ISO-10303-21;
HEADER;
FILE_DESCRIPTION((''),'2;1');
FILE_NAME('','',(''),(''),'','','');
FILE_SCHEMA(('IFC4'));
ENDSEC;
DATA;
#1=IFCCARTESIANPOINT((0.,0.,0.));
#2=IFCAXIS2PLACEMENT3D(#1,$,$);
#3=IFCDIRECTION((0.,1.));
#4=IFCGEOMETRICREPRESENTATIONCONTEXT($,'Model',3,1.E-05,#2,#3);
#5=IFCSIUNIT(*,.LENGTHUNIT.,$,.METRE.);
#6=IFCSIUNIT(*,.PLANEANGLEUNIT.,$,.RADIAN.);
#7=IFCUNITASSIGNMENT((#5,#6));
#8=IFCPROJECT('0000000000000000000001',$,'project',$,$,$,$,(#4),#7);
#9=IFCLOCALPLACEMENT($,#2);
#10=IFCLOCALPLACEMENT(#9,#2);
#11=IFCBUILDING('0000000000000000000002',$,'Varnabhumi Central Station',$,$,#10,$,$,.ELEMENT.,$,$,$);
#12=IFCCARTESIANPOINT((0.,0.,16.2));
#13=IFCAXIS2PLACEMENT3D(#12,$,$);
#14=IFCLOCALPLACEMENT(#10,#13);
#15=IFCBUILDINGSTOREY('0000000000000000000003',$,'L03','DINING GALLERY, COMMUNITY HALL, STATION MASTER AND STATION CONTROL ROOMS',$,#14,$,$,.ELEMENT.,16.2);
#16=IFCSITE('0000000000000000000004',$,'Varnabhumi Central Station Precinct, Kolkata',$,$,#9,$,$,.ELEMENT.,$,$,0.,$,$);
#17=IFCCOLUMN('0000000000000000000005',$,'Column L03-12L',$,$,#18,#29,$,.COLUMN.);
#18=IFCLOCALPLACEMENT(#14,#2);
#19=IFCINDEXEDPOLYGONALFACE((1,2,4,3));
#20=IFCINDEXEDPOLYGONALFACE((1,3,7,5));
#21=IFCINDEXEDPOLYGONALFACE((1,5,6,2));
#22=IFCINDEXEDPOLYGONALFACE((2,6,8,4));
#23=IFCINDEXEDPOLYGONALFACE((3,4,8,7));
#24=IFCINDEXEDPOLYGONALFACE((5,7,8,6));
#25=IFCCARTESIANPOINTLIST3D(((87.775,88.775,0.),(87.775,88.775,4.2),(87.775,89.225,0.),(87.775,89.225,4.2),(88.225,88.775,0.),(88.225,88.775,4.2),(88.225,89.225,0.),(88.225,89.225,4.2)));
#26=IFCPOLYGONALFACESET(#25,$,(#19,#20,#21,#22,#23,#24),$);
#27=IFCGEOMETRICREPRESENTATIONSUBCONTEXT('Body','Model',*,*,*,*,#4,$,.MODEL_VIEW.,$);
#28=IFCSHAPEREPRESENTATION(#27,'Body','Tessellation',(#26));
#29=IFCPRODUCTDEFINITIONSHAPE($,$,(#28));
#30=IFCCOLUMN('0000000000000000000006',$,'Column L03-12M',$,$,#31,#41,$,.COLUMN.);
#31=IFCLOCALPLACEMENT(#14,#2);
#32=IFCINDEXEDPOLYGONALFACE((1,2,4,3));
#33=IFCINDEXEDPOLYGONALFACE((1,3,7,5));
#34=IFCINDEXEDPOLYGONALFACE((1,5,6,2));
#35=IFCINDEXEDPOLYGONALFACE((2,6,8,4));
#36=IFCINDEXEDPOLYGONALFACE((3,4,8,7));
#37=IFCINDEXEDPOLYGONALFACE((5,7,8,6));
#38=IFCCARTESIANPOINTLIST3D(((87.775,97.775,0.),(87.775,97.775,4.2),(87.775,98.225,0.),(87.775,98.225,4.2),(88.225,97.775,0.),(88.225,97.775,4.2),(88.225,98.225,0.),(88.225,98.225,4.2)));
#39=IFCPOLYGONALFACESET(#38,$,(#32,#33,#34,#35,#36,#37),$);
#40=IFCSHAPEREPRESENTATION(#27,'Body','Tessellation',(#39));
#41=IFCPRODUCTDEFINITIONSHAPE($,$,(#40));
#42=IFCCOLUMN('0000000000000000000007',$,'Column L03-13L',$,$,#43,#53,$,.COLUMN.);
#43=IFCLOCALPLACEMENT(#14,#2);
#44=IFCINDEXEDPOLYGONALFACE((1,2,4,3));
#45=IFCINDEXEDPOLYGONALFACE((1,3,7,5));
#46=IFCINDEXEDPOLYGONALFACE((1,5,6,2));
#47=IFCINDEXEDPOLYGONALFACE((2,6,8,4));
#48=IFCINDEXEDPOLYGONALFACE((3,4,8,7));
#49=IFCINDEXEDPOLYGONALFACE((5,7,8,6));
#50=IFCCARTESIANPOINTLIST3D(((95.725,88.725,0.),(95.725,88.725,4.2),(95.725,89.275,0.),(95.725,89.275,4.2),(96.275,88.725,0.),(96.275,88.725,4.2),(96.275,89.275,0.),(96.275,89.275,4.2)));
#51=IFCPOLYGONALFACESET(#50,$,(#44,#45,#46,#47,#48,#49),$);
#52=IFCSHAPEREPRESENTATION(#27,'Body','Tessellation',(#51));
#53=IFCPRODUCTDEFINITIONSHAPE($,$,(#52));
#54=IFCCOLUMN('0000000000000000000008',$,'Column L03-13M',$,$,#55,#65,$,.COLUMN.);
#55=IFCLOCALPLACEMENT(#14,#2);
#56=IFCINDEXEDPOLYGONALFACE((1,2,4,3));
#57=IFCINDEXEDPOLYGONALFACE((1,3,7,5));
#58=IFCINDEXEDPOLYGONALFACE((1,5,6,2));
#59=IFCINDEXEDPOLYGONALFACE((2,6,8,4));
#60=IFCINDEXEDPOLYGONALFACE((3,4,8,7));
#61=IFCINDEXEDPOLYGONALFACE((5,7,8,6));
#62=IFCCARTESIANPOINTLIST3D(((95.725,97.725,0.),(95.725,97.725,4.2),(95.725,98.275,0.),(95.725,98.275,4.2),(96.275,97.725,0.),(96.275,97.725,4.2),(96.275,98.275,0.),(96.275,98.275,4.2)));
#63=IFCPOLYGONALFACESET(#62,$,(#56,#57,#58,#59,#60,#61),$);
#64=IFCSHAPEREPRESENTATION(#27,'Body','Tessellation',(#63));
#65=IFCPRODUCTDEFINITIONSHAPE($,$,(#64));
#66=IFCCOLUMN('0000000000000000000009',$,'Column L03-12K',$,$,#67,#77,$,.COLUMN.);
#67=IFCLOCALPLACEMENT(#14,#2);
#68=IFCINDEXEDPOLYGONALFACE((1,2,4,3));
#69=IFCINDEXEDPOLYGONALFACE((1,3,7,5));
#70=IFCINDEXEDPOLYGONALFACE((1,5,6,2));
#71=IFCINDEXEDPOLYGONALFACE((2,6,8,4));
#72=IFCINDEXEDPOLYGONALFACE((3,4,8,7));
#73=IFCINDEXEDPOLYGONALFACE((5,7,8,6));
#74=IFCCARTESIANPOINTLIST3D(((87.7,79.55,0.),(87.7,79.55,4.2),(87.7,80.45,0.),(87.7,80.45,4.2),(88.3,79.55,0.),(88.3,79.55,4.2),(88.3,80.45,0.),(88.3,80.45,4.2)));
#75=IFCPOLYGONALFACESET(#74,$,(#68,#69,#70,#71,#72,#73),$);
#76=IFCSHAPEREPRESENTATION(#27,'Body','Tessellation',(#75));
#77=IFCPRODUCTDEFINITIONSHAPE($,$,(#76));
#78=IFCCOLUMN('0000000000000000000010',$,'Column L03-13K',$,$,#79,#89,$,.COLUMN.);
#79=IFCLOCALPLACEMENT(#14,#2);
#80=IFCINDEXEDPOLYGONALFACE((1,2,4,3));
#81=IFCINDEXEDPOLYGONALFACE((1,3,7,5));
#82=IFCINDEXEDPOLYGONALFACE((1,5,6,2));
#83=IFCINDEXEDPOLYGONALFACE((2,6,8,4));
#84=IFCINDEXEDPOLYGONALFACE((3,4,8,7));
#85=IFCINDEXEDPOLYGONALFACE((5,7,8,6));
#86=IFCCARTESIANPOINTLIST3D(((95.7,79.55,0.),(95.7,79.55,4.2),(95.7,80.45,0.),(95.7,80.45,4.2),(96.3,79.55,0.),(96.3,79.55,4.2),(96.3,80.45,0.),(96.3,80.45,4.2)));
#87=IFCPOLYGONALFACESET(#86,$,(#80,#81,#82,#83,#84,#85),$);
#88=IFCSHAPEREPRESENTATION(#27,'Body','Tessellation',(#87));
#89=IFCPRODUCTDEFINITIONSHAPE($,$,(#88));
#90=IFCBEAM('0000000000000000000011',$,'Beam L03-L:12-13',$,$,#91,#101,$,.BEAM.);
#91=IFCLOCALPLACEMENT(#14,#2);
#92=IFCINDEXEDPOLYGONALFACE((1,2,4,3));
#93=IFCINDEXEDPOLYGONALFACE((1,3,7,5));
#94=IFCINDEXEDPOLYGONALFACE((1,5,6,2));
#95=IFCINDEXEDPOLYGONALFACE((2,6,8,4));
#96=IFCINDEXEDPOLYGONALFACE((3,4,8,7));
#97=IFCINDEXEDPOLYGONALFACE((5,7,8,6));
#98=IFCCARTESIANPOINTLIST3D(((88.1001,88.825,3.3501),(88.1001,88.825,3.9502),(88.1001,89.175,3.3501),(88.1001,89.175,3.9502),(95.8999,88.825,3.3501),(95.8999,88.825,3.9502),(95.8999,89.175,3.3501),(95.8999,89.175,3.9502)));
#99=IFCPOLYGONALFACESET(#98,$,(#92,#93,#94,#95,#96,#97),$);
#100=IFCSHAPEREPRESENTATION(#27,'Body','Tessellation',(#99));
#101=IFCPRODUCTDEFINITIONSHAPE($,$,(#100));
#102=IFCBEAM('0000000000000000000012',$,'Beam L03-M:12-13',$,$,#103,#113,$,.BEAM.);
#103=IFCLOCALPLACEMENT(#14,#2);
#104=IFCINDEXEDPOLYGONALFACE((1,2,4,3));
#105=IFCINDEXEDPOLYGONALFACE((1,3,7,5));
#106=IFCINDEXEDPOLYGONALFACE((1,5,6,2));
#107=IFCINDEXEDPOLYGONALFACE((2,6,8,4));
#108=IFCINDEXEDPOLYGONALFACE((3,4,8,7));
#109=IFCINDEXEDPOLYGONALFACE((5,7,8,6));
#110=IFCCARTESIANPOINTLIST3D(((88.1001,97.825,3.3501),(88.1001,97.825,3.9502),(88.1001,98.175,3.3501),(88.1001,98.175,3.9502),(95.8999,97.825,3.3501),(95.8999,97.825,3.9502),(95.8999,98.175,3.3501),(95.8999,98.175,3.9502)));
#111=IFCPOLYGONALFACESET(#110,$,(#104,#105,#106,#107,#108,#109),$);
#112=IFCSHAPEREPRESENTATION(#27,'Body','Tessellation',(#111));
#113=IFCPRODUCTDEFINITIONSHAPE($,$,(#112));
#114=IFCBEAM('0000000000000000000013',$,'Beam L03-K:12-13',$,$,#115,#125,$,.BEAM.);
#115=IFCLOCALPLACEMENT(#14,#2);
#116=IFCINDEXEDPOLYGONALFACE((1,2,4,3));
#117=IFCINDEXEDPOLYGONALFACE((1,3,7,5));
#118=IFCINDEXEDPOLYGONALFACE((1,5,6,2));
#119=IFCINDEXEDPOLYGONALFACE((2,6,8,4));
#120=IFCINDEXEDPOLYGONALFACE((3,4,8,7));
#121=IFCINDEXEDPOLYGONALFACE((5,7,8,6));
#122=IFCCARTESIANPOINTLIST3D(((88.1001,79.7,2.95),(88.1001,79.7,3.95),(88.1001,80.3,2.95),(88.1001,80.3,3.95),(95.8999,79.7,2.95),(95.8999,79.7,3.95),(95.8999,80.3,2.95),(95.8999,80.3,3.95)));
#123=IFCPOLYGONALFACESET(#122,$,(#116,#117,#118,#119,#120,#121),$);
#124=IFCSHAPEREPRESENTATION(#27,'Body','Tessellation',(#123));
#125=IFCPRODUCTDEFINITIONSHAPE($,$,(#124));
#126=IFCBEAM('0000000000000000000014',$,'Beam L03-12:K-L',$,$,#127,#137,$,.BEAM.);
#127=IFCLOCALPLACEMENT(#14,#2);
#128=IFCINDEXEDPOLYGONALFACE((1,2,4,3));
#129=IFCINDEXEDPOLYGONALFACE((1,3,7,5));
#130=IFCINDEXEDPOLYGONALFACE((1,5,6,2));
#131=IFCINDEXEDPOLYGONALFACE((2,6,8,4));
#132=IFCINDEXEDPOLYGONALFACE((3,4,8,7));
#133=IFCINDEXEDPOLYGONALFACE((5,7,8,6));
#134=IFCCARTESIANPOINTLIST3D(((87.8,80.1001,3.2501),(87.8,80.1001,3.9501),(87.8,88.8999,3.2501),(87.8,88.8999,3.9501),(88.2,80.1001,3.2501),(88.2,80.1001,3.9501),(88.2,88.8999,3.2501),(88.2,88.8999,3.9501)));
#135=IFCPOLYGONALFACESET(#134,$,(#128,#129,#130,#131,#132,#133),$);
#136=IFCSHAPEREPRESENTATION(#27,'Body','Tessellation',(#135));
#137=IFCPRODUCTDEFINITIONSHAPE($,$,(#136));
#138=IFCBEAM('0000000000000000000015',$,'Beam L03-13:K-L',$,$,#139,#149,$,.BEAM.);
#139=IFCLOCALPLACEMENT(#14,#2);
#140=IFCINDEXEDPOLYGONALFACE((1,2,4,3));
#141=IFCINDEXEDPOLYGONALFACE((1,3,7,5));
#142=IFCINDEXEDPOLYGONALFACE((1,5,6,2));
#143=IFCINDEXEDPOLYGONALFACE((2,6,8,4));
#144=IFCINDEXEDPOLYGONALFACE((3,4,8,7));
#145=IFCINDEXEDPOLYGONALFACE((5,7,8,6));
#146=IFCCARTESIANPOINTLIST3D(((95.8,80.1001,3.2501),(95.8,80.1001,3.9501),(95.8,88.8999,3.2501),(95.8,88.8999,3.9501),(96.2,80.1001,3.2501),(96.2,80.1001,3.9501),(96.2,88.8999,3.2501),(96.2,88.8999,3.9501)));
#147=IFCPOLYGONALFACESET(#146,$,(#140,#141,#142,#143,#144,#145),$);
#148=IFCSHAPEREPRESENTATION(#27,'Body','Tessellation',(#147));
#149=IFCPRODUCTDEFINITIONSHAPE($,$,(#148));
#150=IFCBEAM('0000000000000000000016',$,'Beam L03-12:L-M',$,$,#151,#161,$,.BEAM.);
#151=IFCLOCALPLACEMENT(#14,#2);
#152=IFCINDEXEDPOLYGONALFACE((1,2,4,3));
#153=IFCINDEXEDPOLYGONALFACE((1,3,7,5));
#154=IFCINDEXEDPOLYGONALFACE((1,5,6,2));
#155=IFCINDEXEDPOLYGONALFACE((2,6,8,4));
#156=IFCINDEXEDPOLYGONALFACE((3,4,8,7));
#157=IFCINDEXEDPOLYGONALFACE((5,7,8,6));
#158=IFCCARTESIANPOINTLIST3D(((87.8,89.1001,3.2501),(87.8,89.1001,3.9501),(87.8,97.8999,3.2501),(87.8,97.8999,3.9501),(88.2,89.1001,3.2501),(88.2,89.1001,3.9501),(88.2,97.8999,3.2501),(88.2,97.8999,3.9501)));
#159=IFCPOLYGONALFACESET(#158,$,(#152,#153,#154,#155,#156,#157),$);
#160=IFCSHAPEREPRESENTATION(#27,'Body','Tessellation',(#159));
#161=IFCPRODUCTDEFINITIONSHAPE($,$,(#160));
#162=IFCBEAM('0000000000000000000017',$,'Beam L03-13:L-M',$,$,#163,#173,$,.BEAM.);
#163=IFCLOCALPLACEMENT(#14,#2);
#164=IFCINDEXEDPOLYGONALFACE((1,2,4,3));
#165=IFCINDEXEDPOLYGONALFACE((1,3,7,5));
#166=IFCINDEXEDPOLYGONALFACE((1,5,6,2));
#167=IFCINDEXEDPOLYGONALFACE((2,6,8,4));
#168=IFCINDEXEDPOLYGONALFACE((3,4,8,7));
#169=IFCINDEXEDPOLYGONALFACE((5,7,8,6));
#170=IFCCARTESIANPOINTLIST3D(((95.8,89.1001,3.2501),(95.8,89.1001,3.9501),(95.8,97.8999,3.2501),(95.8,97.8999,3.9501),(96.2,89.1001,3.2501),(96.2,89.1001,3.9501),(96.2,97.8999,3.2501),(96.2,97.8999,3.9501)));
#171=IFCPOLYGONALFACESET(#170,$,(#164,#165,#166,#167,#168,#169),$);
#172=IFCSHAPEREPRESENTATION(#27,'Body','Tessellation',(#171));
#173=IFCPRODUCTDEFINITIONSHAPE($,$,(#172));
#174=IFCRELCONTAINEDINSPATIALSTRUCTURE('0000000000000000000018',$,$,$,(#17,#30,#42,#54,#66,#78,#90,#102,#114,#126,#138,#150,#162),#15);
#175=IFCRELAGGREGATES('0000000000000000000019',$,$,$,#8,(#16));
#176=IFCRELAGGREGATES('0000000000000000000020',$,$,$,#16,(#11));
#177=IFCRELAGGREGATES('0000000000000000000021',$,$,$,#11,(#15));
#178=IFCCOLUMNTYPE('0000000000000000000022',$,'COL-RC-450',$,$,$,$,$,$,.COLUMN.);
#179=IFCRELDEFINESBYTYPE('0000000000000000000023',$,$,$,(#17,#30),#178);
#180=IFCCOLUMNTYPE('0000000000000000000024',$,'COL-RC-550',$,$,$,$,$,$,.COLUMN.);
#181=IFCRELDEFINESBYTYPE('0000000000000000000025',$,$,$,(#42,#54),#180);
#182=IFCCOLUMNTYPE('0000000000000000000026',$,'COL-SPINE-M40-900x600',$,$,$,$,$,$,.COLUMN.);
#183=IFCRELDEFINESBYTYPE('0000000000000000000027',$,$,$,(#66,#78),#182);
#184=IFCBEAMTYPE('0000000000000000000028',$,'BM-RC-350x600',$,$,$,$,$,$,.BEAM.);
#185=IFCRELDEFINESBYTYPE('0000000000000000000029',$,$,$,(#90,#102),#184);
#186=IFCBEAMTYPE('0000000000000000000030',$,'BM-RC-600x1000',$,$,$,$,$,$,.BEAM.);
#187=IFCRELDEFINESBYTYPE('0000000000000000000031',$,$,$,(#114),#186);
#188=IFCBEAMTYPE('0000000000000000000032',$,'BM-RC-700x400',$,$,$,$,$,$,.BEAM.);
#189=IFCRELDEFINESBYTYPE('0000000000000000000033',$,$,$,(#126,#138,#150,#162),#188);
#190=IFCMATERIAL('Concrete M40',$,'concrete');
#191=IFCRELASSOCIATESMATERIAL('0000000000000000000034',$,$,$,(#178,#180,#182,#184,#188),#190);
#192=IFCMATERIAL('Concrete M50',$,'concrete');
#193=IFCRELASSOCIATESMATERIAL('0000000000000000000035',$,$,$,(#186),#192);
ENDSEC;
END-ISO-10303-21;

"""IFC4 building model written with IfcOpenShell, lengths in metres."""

from ifc_helpers import new_model, si_unit, direction, frame, origin, origin_2d, place, context, subcontext, project, spatial, rectangle, extrude, material, material_profile, profile_set, type_object, element, save


model = new_model("IFC4")

# Units and contexts
model_context = context("Model", 3, precision=1e-05, world=origin(), true_north=direction((0.0, 1.0)))
body_context = subcontext(model_context, "Body", "Model", "MODEL_VIEW")
ifc_project = project(units=[si_unit("LENGTHUNIT", "METRE"), si_unit("PLANEANGLEUNIT", "RADIAN")], contexts=[model_context])

# Site, building, storey
site_placement = place(None, origin())
site = spatial("IfcSite", under=ifc_project, at=site_placement, Name="Varnabhumi Central Station Precinct, Kolkata", CompositionType="ELEMENT", RefElevation=0.0)
building_placement = place(site_placement, origin())
building = spatial("IfcBuilding", under=site, at=building_placement, Name="Varnabhumi Central Station", CompositionType="ELEMENT")
storey_placement = place(building_placement, frame((0.0, 0.0, 16.2)))
storey = spatial("IfcBuildingStorey", under=building, at=storey_placement, Name="L03", Description="DINING GALLERY, COMMUNITY HALL, STATION MASTER AND STATION CONTROL ROOMS", CompositionType="ELEMENT", Elevation=16.2)

# Columns
ifc_material_1 = material(Name="Concrete M40", Category="concrete")
ifc_material_profile_1 = material_profile(ifc_material_1, rectangle(XDim=0.45, YDim=0.45, at=origin_2d()), Name="Concrete M40", Category="concrete")
ifc_profile_set_1 = profile_set([ifc_material_profile_1], Name="Concrete M40")
column_type_1 = type_object("IfcColumnType", Name="COL-RC-450", PredefinedType="COLUMN", material=ifc_profile_set_1)
for number, where, z_axis, x_axis, name in (
    (1, (88.0, 89.0, 0.0), (0.0, 0.0, 1.0), (1.0, 0.0, 0.0), "Column L03-12L"),
    (2, (88.0, 98.0, 0.0), (0.0, 0.0, 1.0), (1.0, 0.0, 0.0), "Column L03-12M"),
):
    element("IfcColumn", number, at=place(storey_placement, frame(where, z_axis=z_axis, x_axis=x_axis)), inside=storey, type_object=column_type_1, Name=name, PredefinedType="COLUMN", context=body_context, shape_type="SweptSolid", body=[
        extrude(rectangle(XDim=0.45, YDim=0.45, at=origin_2d()), origin(), (0.0, 0.0, 1.0), 4.2),
    ])
ifc_material_profile_2 = material_profile(ifc_material_1, rectangle(XDim=0.55, YDim=0.55, at=origin_2d()), Name="Concrete M40", Category="concrete")
ifc_profile_set_2 = profile_set([ifc_material_profile_2], Name="Concrete M40")
column_type_2 = type_object("IfcColumnType", Name="COL-RC-550", PredefinedType="COLUMN", material=ifc_profile_set_2)
for number, where, z_axis, x_axis, name in (
    (3, (96.0, 89.0, 0.0), (0.0, 0.0, 1.0), (1.0, 0.0, 0.0), "Column L03-13L"),
    (4, (96.0, 98.0, 0.0), (0.0, 0.0, 1.0), (1.0, 0.0, 0.0), "Column L03-13M"),
):
    element("IfcColumn", number, at=place(storey_placement, frame(where, z_axis=z_axis, x_axis=x_axis)), inside=storey, type_object=column_type_2, Name=name, PredefinedType="COLUMN", context=body_context, shape_type="SweptSolid", body=[
        extrude(rectangle(XDim=0.55, YDim=0.55, at=origin_2d()), origin(), (0.0, 0.0, 1.0), 4.2),
    ])
ifc_material_profile_3 = material_profile(ifc_material_1, rectangle(XDim=0.6001, YDim=0.8999, at=origin_2d()), Name="Concrete M40", Category="concrete")
ifc_profile_set_3 = profile_set([ifc_material_profile_3], Name="Concrete M40")
column_type_3 = type_object("IfcColumnType", Name="COL-SPINE-M40-900x600", PredefinedType="COLUMN", material=ifc_profile_set_3)
for number, where, z_axis, x_axis, name in (
    (5, (88.0, 80.0, 0.0), (0.0, 0.0, 1.0), (1.0, 0.0, 0.0), "Column L03-12K"),
    (6, (96.0, 80.0, 0.0), (0.0, 0.0, 1.0), (1.0, 0.0, 0.0), "Column L03-13K"),
):
    element("IfcColumn", number, at=place(storey_placement, frame(where, z_axis=z_axis, x_axis=x_axis)), inside=storey, type_object=column_type_3, Name=name, PredefinedType="COLUMN", context=body_context, shape_type="SweptSolid", body=[
        extrude(rectangle(XDim=0.6001, YDim=0.8999, at=origin_2d()), origin(), (0.0, 0.0, 1.0), 4.2),
    ])

# Beams
ifc_material_profile_4 = material_profile(ifc_material_1, rectangle(XDim=0.3501, YDim=0.6001, at=origin_2d()), Name="Concrete M40", Category="concrete")
ifc_profile_set_4 = profile_set([ifc_material_profile_4], Name="Concrete M40")
beam_type_1 = type_object("IfcBeamType", Name="BM-RC-350x600", PredefinedType="BEAM", material=ifc_profile_set_4)
for number, where, z_axis, x_axis, name in (
    (7, (88.1001, 89.0, 3.6501), (1.0, 0.0, 0.0), (0.0, 1.0, 0.0), "Beam L03-L:12-13"),
    (8, (88.1001, 98.0, 3.6501), (1.0, 0.0, 0.0), (0.0, 1.0, 0.0), "Beam L03-M:12-13"),
):
    element("IfcBeam", number, at=place(storey_placement, frame(where, z_axis=z_axis, x_axis=x_axis)), inside=storey, type_object=beam_type_1, Name=name, PredefinedType="BEAM", context=body_context, shape_type="SweptSolid", body=[
        extrude(rectangle(XDim=0.3501, YDim=0.6001, at=origin_2d()), origin(), (0.0, 0.0, 1.0), 7.7998),
    ])
ifc_material_2 = material(Name="Concrete M50", Category="concrete")
ifc_material_profile_5 = material_profile(ifc_material_2, rectangle(XDim=0.6001, YDim=1.0, at=origin_2d()), Name="Concrete M50", Category="concrete")
ifc_profile_set_5 = profile_set([ifc_material_profile_5], Name="Concrete M50")
beam_type_2 = type_object("IfcBeamType", Name="BM-RC-600x1000", PredefinedType="BEAM", material=ifc_profile_set_5)
beam_1_placement = place(storey_placement, frame((88.1001, 80.0, 3.45), z_axis=(1.0, 0.0, 0.0), x_axis=(0.0, 1.0, 0.0)))
element("IfcBeam", 9, at=beam_1_placement, inside=storey, type_object=beam_type_2, Name="Beam L03-K:12-13", PredefinedType="BEAM", context=body_context, shape_type="SweptSolid", body=[
    extrude(rectangle(XDim=0.6001, YDim=1.0, at=origin_2d()), origin(), (0.0, 0.0, 1.0), 7.7998),
])
ifc_material_profile_6 = material_profile(ifc_material_1, rectangle(XDim=0.3999, YDim=0.7, at=origin_2d()), Name="Concrete M40", Category="concrete")
ifc_profile_set_6 = profile_set([ifc_material_profile_6], Name="Concrete M40")
beam_type_3 = type_object("IfcBeamType", Name="BM-RC-700x400", PredefinedType="BEAM", material=ifc_profile_set_6)
for number, where, z_axis, x_axis, name in (
    (10, (88.0, 80.1001, 3.6001), (0.0, 1.0, 0.0), (-1.0, 0.0, 0.0), "Beam L03-12:K-L"),
    (11, (96.0, 80.1001, 3.6001), (0.0, 1.0, 0.0), (-1.0, 0.0, 0.0), "Beam L03-13:K-L"),
    (12, (88.0, 89.1001, 3.6001), (0.0, 1.0, 0.0), (-1.0, 0.0, 0.0), "Beam L03-12:L-M"),
    (13, (96.0, 89.1001, 3.6001), (0.0, 1.0, 0.0), (-1.0, 0.0, 0.0), "Beam L03-13:L-M"),
):
    element("IfcBeam", number, at=place(storey_placement, frame(where, z_axis=z_axis, x_axis=x_axis)), inside=storey, type_object=beam_type_3, Name=name, PredefinedType="BEAM", context=body_context, shape_type="SweptSolid", body=[
        extrude(rectangle(XDim=0.3999, YDim=0.7, at=origin_2d()), origin(), (0.0, 0.0, 1.0), 8.7998),
    ])

save(model, "model.ifc")
